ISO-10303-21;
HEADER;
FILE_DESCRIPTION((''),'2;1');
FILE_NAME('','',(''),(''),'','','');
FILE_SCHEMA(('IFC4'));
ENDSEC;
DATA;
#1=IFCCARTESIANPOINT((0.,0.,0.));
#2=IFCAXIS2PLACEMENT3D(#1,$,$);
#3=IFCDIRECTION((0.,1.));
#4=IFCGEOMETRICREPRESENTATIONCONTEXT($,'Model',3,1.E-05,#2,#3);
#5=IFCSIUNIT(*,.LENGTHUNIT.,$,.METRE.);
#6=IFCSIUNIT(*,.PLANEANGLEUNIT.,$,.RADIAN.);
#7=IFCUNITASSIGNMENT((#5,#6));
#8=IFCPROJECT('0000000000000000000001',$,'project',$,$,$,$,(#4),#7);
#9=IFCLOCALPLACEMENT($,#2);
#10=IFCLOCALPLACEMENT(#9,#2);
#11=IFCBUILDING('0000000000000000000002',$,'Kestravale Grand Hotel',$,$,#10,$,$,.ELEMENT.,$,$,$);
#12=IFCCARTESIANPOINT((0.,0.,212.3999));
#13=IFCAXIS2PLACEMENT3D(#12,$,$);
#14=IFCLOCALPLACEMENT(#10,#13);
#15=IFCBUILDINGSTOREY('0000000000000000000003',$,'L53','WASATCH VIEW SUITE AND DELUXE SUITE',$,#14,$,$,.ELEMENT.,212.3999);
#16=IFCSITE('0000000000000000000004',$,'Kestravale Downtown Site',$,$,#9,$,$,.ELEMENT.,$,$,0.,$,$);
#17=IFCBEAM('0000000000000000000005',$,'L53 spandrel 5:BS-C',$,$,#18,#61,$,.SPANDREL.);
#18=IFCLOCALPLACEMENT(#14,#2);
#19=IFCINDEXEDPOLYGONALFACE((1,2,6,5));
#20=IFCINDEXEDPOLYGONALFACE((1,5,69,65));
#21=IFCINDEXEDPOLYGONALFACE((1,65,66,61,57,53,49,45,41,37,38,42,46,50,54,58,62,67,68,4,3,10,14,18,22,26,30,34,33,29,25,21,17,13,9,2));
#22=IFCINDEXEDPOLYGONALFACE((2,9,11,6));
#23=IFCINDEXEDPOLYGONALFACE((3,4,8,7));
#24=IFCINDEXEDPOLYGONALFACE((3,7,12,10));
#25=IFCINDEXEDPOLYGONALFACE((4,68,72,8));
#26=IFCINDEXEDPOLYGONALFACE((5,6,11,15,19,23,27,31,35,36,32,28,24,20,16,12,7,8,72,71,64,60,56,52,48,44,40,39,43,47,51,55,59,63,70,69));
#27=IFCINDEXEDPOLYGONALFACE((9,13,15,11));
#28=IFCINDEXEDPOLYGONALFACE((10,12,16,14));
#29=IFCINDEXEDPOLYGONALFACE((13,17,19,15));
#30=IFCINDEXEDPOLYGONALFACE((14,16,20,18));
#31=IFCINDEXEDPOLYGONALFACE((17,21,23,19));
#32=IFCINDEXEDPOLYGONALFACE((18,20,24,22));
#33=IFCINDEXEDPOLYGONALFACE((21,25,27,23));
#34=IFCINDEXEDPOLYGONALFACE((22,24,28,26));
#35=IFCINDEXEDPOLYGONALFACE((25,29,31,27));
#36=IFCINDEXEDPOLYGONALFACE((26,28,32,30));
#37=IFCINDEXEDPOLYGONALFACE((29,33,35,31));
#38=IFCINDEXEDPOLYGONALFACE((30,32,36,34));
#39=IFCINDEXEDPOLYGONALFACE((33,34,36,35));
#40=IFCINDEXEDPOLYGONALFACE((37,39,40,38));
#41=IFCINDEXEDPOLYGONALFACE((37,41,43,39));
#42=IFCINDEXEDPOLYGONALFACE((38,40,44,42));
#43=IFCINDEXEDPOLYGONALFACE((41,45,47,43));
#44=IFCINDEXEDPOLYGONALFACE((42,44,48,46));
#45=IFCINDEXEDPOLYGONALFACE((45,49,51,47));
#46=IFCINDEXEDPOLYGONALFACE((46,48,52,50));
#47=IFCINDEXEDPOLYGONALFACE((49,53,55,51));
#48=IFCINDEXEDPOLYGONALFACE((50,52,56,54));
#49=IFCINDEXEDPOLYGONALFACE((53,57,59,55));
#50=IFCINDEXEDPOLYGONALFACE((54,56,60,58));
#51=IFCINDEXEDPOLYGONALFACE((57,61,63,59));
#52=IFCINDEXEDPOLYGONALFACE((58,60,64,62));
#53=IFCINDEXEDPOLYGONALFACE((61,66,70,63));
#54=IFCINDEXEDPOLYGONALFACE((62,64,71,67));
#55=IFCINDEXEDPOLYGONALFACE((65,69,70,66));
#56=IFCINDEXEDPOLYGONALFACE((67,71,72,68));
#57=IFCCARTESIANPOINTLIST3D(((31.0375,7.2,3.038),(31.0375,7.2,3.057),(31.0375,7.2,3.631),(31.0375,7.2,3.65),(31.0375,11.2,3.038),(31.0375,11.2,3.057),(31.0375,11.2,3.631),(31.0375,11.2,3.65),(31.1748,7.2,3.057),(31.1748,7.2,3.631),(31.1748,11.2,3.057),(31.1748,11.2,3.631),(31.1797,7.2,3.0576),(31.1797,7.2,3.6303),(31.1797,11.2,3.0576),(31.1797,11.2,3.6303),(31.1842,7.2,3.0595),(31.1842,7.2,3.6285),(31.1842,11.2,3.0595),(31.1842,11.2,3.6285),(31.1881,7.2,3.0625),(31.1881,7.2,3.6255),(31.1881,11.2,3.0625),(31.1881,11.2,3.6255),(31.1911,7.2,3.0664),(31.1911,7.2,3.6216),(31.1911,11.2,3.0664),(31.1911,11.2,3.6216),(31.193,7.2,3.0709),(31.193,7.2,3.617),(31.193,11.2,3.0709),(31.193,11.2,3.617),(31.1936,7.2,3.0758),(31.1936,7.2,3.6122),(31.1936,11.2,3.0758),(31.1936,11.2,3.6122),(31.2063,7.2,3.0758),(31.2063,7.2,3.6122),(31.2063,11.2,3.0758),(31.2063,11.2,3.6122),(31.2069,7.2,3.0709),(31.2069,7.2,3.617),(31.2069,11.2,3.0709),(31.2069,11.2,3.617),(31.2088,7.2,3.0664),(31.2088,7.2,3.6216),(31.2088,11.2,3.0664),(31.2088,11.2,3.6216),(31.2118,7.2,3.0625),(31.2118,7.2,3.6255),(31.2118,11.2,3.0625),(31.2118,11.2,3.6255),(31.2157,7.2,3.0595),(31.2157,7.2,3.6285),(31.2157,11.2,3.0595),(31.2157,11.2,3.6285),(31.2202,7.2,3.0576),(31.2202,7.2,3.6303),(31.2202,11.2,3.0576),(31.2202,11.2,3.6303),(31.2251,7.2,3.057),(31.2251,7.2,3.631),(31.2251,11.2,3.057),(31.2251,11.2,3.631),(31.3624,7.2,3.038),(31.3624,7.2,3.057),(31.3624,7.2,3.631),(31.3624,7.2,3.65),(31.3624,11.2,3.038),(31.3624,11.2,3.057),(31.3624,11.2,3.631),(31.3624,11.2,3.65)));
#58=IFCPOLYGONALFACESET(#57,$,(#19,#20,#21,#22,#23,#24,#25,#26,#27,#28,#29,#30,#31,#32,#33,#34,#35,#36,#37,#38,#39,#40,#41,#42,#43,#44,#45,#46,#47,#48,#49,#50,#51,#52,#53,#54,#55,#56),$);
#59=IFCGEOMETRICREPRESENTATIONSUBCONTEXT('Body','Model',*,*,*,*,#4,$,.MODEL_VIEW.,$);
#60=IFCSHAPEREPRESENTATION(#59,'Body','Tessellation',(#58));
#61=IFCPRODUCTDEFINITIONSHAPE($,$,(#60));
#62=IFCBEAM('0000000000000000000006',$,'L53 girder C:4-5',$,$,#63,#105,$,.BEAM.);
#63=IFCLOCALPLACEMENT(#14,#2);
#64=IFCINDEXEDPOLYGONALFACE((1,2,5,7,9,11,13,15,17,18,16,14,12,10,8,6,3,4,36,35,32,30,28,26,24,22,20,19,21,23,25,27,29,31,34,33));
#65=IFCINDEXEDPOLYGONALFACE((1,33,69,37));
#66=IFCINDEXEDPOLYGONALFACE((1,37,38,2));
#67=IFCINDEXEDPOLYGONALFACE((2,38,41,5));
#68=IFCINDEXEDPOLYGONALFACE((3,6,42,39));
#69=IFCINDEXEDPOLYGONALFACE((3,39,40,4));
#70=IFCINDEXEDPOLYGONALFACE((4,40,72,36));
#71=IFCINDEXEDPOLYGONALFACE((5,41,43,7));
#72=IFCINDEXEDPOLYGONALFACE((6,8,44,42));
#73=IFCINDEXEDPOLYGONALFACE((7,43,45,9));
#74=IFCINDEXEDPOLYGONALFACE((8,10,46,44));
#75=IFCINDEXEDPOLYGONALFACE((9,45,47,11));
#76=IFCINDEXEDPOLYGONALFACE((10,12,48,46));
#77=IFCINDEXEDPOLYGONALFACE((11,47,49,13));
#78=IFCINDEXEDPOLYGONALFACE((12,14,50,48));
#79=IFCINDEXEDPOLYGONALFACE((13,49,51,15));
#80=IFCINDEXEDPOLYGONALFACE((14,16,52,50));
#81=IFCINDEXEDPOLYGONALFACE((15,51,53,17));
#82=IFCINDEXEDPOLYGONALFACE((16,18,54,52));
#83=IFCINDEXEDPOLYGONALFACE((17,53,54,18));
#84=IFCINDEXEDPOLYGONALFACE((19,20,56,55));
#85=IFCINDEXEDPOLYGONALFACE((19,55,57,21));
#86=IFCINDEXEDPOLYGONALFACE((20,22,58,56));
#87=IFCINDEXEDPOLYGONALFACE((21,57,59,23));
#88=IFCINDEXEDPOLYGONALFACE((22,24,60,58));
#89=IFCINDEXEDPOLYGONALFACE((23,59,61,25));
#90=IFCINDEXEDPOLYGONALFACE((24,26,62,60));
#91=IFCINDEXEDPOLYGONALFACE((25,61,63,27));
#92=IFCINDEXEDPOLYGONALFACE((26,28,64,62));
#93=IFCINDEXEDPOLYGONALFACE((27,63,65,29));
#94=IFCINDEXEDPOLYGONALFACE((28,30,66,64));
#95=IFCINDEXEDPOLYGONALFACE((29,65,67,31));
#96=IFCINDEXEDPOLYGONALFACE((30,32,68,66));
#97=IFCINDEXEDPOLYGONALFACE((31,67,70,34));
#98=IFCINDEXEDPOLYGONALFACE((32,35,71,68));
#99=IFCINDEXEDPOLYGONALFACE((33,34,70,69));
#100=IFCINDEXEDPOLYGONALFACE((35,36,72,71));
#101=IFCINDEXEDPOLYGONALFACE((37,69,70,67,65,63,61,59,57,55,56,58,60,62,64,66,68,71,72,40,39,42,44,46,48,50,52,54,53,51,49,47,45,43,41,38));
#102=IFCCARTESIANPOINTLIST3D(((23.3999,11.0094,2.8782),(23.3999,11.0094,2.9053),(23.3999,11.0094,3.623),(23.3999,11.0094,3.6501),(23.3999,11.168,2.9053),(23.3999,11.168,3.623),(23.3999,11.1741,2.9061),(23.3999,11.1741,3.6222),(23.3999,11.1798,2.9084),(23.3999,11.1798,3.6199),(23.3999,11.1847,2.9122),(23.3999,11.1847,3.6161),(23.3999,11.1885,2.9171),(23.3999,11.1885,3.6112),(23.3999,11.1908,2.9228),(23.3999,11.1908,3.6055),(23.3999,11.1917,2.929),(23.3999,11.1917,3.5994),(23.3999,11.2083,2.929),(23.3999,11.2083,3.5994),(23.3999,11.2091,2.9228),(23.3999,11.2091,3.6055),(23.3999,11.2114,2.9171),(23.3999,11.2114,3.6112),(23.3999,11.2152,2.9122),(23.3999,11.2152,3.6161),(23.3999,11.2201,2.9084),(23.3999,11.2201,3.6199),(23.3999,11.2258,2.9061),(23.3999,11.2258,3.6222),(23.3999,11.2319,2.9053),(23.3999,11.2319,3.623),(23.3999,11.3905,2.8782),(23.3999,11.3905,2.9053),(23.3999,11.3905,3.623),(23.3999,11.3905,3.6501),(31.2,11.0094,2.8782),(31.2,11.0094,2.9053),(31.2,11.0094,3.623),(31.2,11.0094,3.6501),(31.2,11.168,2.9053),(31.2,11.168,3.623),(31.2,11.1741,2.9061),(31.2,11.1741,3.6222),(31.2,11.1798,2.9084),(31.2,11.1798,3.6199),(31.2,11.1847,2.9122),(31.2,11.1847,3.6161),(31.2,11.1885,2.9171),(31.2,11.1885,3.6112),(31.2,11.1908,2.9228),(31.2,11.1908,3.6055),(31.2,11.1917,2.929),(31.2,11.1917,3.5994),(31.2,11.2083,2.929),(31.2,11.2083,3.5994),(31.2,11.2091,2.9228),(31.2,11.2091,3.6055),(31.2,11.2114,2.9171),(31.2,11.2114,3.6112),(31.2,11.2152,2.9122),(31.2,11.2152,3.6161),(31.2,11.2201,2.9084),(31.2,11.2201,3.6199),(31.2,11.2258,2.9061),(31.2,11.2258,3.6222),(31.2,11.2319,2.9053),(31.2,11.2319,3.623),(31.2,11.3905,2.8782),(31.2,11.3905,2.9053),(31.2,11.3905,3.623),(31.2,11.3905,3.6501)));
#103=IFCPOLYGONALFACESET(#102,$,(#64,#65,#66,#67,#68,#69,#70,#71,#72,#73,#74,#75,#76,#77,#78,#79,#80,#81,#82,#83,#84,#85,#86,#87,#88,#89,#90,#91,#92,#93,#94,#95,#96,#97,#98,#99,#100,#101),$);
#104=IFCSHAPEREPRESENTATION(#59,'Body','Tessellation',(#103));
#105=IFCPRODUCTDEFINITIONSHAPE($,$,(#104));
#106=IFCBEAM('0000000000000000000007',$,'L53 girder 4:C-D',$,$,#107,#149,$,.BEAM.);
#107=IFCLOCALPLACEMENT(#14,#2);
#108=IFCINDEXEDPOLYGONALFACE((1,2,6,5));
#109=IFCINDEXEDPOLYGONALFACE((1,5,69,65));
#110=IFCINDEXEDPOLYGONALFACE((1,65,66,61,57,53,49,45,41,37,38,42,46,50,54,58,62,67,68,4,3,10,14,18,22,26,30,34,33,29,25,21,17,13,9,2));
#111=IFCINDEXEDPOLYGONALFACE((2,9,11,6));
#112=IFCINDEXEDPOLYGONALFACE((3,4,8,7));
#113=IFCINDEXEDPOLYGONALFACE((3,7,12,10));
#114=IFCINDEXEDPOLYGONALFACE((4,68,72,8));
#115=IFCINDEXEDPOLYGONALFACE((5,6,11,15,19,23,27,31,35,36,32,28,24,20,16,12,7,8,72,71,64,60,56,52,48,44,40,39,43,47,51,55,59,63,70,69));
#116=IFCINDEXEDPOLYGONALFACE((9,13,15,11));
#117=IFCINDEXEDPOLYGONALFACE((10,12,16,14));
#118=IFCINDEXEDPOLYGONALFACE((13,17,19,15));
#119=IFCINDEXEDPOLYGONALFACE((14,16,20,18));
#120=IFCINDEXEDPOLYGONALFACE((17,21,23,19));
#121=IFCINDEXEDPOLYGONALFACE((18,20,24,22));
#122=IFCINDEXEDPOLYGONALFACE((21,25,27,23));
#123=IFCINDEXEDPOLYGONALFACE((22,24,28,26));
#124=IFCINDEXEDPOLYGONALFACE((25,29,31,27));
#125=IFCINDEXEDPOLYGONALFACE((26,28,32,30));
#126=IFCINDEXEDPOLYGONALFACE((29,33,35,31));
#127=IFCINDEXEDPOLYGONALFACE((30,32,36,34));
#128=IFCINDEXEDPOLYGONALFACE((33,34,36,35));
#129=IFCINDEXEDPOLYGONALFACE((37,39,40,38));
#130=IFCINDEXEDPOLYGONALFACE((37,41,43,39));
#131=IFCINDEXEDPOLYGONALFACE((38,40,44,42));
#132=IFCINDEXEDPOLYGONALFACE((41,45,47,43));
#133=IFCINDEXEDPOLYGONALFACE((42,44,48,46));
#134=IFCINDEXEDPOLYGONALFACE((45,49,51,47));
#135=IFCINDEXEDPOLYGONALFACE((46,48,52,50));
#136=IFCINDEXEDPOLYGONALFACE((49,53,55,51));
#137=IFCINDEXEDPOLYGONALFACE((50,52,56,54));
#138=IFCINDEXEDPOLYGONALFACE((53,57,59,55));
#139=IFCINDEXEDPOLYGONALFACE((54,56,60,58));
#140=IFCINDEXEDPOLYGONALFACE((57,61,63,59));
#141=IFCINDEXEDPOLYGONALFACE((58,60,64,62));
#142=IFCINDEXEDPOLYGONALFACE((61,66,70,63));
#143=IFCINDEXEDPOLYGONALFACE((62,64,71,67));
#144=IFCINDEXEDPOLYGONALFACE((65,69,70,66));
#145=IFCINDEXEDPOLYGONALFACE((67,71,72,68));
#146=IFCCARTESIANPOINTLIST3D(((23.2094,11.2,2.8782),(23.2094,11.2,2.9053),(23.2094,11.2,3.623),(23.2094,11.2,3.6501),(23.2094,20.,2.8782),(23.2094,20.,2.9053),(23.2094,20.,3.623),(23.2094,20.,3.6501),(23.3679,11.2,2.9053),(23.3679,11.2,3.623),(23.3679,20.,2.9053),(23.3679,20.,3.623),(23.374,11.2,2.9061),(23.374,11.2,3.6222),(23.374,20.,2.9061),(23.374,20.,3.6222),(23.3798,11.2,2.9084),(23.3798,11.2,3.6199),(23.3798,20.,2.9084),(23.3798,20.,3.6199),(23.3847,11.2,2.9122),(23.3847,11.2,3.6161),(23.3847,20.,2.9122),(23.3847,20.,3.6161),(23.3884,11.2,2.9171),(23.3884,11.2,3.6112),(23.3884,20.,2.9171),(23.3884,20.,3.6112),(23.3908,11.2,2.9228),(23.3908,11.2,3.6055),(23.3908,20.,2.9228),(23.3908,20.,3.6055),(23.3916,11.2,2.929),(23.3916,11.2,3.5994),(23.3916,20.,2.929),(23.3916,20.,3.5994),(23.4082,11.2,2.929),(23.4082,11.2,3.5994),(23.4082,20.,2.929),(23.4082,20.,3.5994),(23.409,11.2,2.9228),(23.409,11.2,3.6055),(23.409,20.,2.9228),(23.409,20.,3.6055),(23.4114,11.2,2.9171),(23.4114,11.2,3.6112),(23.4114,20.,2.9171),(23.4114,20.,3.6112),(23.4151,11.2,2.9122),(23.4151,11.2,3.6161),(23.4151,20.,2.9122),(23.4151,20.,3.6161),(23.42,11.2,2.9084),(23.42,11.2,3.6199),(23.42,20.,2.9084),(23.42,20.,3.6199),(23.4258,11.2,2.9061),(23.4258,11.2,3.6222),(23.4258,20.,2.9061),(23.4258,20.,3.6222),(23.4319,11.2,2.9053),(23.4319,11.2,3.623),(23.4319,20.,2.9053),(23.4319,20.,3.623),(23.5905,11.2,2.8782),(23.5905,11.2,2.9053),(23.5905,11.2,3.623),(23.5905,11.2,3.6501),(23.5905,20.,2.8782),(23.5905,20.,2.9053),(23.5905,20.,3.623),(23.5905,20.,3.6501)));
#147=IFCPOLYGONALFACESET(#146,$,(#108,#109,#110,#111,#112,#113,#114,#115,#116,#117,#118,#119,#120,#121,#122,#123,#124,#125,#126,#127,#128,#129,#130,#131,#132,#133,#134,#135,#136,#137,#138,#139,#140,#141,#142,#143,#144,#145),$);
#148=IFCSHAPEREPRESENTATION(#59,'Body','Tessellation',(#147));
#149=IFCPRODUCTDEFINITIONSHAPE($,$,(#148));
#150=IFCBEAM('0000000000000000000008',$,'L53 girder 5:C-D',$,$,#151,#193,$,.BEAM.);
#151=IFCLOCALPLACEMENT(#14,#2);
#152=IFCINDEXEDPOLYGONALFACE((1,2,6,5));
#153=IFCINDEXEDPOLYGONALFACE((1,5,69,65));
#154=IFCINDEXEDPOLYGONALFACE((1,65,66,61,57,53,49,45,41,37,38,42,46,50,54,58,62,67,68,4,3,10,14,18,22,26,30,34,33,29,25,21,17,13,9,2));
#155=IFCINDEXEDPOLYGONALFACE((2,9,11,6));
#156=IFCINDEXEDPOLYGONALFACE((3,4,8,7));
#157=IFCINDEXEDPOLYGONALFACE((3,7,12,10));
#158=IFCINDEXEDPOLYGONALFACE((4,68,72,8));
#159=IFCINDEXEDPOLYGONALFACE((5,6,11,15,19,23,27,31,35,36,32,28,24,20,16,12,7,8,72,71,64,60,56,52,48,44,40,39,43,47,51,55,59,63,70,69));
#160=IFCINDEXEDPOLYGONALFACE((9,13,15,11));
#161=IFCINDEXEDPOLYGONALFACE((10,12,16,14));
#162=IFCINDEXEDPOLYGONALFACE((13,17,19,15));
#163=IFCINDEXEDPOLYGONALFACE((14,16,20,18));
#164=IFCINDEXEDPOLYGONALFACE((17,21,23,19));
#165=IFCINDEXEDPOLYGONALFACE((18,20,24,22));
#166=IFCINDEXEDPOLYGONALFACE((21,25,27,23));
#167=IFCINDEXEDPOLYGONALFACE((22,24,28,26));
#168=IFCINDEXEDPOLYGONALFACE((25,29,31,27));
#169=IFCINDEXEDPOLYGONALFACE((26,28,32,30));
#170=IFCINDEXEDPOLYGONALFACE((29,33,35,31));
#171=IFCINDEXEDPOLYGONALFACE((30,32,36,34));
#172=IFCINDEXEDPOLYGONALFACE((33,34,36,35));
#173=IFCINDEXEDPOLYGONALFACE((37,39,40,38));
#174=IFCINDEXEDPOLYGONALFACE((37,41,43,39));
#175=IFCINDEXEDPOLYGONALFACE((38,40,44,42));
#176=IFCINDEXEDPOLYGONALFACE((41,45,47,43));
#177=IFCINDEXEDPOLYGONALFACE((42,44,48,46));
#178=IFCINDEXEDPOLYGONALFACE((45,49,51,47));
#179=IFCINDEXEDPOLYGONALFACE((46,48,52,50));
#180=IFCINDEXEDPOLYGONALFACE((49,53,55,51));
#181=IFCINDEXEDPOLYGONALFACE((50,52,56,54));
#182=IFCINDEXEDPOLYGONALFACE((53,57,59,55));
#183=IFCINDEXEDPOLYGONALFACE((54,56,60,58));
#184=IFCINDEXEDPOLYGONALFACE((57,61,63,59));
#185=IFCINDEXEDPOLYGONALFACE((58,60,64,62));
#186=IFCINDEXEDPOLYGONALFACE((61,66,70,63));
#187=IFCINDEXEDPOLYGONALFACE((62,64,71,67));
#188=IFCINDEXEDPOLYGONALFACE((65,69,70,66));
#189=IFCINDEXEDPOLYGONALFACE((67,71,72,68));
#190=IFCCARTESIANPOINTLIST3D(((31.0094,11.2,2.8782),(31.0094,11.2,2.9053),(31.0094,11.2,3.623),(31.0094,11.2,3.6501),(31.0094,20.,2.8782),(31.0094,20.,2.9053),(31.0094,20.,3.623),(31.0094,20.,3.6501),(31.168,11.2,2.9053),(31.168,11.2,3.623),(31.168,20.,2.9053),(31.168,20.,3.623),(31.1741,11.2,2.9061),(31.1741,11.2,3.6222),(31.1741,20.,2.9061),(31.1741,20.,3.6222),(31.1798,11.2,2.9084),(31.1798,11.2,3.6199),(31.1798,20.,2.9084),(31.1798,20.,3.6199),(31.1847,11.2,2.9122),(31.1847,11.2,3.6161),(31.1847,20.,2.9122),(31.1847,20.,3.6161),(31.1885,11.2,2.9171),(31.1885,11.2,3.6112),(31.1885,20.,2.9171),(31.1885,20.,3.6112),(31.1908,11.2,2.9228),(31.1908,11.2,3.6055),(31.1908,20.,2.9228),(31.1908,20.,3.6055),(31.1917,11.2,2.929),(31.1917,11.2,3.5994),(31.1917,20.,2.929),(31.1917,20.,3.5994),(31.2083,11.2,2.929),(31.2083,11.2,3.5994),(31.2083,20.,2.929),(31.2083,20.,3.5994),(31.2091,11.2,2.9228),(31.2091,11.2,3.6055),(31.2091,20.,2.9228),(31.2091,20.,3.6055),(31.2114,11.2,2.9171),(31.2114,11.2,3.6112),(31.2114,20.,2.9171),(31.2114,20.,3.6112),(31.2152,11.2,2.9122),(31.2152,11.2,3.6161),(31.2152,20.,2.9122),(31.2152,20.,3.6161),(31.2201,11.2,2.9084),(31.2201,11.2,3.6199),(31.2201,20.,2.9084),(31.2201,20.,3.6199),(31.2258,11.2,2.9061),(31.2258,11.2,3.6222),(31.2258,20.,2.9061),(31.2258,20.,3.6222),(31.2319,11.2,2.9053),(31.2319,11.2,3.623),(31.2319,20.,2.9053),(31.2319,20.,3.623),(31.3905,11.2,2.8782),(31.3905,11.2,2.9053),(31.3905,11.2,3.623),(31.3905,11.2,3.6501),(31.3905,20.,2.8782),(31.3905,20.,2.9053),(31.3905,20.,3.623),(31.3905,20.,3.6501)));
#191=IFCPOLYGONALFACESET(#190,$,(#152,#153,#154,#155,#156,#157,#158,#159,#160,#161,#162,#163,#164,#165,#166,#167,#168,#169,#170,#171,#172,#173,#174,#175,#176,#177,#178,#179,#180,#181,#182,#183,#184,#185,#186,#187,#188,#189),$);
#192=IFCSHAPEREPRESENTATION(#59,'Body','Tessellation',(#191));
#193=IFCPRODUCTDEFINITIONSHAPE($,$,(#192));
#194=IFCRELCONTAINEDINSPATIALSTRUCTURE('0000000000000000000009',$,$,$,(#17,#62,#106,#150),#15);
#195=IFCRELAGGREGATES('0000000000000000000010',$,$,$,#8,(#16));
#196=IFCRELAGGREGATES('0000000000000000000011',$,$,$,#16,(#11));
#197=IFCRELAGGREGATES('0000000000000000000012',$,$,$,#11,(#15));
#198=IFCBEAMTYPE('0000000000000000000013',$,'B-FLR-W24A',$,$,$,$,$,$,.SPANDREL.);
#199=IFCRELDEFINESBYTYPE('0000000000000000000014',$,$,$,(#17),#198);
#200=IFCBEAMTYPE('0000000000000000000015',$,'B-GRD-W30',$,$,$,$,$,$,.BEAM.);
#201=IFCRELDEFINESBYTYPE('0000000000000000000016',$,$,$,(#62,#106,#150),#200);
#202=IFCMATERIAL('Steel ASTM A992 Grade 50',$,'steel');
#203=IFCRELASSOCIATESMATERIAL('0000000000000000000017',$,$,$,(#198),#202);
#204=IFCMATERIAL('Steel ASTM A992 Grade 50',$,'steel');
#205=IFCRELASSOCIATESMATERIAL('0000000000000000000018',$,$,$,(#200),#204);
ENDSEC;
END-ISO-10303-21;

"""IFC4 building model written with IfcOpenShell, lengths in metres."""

from ifc_helpers import new_model, si_unit, direction, frame, origin, origin_2d, place, context, subcontext, project, spatial, i_section, extrude, material, material_profile, profile_set, type_object, element, save


model = new_model("IFC4")

# Units and contexts
model_context = context("Model", 3, precision=1e-05, world=origin(), true_north=direction((0.0, 1.0)))
body_context = subcontext(model_context, "Body", "Model", "MODEL_VIEW")
ifc_project = project(units=[si_unit("LENGTHUNIT", "METRE"), si_unit("PLANEANGLEUNIT", "RADIAN")], contexts=[model_context])

# Site, building, storey
site_placement = place(None, origin())
site = spatial("IfcSite", under=ifc_project, at=site_placement, Name="Kestravale Downtown Site", CompositionType="ELEMENT", RefElevation=0.0)
building_placement = place(site_placement, origin())
building = spatial("IfcBuilding", under=site, at=building_placement, Name="Kestravale Grand Hotel", CompositionType="ELEMENT")
storey_placement = place(building_placement, frame((0.0, 0.0, 212.3999)))
storey = spatial("IfcBuildingStorey", under=building, at=storey_placement, Name="L53", Description="WASATCH VIEW SUITE AND DELUXE SUITE", CompositionType="ELEMENT", Elevation=212.3999)

# Beams
ifc_material_1 = material(Name="Steel ASTM A992 Grade 50", Category="steel")
ifc_material_profile_1 = material_profile(ifc_material_1, i_section(OverallWidth=0.325, OverallDepth=0.6121, WebThickness=0.0127, FlangeThickness=0.019, FilletRadius=0.0188, at=origin_2d()))
ifc_profile_set_1 = profile_set([ifc_material_profile_1], Name="Steel ASTM A992 Grade 50")
beam_type_1 = type_object("IfcBeamType", Name="B-FLR-W24A", PredefinedType="SPANDREL", material=ifc_profile_set_1)
for number, where, z_axis, x_axis, name in (
    (1, (31.2, 7.2, 3.344), (0.0, 1.0, 0.0), (-1.0, 0.0, 0.0), "L53 spandrel 5:BS-C"),
):
    element("IfcBeam", number, at=place(storey_placement, frame(where, z_axis=z_axis, x_axis=x_axis)), inside=storey, type_object=beam_type_1, Name=name, PredefinedType="SPANDREL", context=body_context, shape_type="SweptSolid", body=[
        extrude(i_section(OverallWidth=0.325, OverallDepth=0.6121, WebThickness=0.0127, FlangeThickness=0.019, FilletRadius=0.0188, at=origin_2d()), origin(), (0.0, 0.0, 1.0), 4.0),
    ])
ifc_material_2 = material(Name="Steel ASTM A992 Grade 50", Category="steel")
ifc_material_profile_2 = material_profile(ifc_material_2, i_section(OverallWidth=0.3811, OverallDepth=0.772, WebThickness=0.0166, FlangeThickness=0.0271, FilletRadius=0.0237, at=origin_2d()))
ifc_profile_set_2 = profile_set([ifc_material_profile_2], Name="Steel ASTM A992 Grade 50")
beam_type_2 = type_object("IfcBeamType", Name="B-GRD-W30", PredefinedType="BEAM", material=ifc_profile_set_2)
beam_1_placement = place(storey_placement, frame((23.3999, 11.2, 3.2642), z_axis=(1.0, 0.0, 0.0), x_axis=(0.0, 1.0, 0.0)))
element("IfcBeam", 2, at=beam_1_placement, inside=storey, type_object=beam_type_2, Name="L53 girder C:4-5", PredefinedType="BEAM", context=body_context, shape_type="SweptSolid", body=[
    extrude(i_section(OverallWidth=0.3811, OverallDepth=0.772, WebThickness=0.0166, FlangeThickness=0.0271, FilletRadius=0.0237, at=origin_2d()), origin(), (0.0, 0.0, 1.0), 7.8),
])
for number, where, z_axis, x_axis, name in (
    (3, (23.3999, 11.2, 3.2642), (0.0, 1.0, 0.0), (-1.0, 0.0, 0.0), "L53 girder 4:C-D"),
    (4, (31.2, 11.2, 3.2642), (0.0, 1.0, 0.0), (-1.0, 0.0, 0.0), "L53 girder 5:C-D"),
):
    element("IfcBeam", number, at=place(storey_placement, frame(where, z_axis=z_axis, x_axis=x_axis)), inside=storey, type_object=beam_type_2, Name=name, PredefinedType="BEAM", context=body_context, shape_type="SweptSolid", body=[
        extrude(i_section(OverallWidth=0.3811, OverallDepth=0.772, WebThickness=0.0166, FlangeThickness=0.0271, FilletRadius=0.0237, at=origin_2d()), origin(), (0.0, 0.0, 1.0), 8.8),
    ])

save(model, "model.ifc")
